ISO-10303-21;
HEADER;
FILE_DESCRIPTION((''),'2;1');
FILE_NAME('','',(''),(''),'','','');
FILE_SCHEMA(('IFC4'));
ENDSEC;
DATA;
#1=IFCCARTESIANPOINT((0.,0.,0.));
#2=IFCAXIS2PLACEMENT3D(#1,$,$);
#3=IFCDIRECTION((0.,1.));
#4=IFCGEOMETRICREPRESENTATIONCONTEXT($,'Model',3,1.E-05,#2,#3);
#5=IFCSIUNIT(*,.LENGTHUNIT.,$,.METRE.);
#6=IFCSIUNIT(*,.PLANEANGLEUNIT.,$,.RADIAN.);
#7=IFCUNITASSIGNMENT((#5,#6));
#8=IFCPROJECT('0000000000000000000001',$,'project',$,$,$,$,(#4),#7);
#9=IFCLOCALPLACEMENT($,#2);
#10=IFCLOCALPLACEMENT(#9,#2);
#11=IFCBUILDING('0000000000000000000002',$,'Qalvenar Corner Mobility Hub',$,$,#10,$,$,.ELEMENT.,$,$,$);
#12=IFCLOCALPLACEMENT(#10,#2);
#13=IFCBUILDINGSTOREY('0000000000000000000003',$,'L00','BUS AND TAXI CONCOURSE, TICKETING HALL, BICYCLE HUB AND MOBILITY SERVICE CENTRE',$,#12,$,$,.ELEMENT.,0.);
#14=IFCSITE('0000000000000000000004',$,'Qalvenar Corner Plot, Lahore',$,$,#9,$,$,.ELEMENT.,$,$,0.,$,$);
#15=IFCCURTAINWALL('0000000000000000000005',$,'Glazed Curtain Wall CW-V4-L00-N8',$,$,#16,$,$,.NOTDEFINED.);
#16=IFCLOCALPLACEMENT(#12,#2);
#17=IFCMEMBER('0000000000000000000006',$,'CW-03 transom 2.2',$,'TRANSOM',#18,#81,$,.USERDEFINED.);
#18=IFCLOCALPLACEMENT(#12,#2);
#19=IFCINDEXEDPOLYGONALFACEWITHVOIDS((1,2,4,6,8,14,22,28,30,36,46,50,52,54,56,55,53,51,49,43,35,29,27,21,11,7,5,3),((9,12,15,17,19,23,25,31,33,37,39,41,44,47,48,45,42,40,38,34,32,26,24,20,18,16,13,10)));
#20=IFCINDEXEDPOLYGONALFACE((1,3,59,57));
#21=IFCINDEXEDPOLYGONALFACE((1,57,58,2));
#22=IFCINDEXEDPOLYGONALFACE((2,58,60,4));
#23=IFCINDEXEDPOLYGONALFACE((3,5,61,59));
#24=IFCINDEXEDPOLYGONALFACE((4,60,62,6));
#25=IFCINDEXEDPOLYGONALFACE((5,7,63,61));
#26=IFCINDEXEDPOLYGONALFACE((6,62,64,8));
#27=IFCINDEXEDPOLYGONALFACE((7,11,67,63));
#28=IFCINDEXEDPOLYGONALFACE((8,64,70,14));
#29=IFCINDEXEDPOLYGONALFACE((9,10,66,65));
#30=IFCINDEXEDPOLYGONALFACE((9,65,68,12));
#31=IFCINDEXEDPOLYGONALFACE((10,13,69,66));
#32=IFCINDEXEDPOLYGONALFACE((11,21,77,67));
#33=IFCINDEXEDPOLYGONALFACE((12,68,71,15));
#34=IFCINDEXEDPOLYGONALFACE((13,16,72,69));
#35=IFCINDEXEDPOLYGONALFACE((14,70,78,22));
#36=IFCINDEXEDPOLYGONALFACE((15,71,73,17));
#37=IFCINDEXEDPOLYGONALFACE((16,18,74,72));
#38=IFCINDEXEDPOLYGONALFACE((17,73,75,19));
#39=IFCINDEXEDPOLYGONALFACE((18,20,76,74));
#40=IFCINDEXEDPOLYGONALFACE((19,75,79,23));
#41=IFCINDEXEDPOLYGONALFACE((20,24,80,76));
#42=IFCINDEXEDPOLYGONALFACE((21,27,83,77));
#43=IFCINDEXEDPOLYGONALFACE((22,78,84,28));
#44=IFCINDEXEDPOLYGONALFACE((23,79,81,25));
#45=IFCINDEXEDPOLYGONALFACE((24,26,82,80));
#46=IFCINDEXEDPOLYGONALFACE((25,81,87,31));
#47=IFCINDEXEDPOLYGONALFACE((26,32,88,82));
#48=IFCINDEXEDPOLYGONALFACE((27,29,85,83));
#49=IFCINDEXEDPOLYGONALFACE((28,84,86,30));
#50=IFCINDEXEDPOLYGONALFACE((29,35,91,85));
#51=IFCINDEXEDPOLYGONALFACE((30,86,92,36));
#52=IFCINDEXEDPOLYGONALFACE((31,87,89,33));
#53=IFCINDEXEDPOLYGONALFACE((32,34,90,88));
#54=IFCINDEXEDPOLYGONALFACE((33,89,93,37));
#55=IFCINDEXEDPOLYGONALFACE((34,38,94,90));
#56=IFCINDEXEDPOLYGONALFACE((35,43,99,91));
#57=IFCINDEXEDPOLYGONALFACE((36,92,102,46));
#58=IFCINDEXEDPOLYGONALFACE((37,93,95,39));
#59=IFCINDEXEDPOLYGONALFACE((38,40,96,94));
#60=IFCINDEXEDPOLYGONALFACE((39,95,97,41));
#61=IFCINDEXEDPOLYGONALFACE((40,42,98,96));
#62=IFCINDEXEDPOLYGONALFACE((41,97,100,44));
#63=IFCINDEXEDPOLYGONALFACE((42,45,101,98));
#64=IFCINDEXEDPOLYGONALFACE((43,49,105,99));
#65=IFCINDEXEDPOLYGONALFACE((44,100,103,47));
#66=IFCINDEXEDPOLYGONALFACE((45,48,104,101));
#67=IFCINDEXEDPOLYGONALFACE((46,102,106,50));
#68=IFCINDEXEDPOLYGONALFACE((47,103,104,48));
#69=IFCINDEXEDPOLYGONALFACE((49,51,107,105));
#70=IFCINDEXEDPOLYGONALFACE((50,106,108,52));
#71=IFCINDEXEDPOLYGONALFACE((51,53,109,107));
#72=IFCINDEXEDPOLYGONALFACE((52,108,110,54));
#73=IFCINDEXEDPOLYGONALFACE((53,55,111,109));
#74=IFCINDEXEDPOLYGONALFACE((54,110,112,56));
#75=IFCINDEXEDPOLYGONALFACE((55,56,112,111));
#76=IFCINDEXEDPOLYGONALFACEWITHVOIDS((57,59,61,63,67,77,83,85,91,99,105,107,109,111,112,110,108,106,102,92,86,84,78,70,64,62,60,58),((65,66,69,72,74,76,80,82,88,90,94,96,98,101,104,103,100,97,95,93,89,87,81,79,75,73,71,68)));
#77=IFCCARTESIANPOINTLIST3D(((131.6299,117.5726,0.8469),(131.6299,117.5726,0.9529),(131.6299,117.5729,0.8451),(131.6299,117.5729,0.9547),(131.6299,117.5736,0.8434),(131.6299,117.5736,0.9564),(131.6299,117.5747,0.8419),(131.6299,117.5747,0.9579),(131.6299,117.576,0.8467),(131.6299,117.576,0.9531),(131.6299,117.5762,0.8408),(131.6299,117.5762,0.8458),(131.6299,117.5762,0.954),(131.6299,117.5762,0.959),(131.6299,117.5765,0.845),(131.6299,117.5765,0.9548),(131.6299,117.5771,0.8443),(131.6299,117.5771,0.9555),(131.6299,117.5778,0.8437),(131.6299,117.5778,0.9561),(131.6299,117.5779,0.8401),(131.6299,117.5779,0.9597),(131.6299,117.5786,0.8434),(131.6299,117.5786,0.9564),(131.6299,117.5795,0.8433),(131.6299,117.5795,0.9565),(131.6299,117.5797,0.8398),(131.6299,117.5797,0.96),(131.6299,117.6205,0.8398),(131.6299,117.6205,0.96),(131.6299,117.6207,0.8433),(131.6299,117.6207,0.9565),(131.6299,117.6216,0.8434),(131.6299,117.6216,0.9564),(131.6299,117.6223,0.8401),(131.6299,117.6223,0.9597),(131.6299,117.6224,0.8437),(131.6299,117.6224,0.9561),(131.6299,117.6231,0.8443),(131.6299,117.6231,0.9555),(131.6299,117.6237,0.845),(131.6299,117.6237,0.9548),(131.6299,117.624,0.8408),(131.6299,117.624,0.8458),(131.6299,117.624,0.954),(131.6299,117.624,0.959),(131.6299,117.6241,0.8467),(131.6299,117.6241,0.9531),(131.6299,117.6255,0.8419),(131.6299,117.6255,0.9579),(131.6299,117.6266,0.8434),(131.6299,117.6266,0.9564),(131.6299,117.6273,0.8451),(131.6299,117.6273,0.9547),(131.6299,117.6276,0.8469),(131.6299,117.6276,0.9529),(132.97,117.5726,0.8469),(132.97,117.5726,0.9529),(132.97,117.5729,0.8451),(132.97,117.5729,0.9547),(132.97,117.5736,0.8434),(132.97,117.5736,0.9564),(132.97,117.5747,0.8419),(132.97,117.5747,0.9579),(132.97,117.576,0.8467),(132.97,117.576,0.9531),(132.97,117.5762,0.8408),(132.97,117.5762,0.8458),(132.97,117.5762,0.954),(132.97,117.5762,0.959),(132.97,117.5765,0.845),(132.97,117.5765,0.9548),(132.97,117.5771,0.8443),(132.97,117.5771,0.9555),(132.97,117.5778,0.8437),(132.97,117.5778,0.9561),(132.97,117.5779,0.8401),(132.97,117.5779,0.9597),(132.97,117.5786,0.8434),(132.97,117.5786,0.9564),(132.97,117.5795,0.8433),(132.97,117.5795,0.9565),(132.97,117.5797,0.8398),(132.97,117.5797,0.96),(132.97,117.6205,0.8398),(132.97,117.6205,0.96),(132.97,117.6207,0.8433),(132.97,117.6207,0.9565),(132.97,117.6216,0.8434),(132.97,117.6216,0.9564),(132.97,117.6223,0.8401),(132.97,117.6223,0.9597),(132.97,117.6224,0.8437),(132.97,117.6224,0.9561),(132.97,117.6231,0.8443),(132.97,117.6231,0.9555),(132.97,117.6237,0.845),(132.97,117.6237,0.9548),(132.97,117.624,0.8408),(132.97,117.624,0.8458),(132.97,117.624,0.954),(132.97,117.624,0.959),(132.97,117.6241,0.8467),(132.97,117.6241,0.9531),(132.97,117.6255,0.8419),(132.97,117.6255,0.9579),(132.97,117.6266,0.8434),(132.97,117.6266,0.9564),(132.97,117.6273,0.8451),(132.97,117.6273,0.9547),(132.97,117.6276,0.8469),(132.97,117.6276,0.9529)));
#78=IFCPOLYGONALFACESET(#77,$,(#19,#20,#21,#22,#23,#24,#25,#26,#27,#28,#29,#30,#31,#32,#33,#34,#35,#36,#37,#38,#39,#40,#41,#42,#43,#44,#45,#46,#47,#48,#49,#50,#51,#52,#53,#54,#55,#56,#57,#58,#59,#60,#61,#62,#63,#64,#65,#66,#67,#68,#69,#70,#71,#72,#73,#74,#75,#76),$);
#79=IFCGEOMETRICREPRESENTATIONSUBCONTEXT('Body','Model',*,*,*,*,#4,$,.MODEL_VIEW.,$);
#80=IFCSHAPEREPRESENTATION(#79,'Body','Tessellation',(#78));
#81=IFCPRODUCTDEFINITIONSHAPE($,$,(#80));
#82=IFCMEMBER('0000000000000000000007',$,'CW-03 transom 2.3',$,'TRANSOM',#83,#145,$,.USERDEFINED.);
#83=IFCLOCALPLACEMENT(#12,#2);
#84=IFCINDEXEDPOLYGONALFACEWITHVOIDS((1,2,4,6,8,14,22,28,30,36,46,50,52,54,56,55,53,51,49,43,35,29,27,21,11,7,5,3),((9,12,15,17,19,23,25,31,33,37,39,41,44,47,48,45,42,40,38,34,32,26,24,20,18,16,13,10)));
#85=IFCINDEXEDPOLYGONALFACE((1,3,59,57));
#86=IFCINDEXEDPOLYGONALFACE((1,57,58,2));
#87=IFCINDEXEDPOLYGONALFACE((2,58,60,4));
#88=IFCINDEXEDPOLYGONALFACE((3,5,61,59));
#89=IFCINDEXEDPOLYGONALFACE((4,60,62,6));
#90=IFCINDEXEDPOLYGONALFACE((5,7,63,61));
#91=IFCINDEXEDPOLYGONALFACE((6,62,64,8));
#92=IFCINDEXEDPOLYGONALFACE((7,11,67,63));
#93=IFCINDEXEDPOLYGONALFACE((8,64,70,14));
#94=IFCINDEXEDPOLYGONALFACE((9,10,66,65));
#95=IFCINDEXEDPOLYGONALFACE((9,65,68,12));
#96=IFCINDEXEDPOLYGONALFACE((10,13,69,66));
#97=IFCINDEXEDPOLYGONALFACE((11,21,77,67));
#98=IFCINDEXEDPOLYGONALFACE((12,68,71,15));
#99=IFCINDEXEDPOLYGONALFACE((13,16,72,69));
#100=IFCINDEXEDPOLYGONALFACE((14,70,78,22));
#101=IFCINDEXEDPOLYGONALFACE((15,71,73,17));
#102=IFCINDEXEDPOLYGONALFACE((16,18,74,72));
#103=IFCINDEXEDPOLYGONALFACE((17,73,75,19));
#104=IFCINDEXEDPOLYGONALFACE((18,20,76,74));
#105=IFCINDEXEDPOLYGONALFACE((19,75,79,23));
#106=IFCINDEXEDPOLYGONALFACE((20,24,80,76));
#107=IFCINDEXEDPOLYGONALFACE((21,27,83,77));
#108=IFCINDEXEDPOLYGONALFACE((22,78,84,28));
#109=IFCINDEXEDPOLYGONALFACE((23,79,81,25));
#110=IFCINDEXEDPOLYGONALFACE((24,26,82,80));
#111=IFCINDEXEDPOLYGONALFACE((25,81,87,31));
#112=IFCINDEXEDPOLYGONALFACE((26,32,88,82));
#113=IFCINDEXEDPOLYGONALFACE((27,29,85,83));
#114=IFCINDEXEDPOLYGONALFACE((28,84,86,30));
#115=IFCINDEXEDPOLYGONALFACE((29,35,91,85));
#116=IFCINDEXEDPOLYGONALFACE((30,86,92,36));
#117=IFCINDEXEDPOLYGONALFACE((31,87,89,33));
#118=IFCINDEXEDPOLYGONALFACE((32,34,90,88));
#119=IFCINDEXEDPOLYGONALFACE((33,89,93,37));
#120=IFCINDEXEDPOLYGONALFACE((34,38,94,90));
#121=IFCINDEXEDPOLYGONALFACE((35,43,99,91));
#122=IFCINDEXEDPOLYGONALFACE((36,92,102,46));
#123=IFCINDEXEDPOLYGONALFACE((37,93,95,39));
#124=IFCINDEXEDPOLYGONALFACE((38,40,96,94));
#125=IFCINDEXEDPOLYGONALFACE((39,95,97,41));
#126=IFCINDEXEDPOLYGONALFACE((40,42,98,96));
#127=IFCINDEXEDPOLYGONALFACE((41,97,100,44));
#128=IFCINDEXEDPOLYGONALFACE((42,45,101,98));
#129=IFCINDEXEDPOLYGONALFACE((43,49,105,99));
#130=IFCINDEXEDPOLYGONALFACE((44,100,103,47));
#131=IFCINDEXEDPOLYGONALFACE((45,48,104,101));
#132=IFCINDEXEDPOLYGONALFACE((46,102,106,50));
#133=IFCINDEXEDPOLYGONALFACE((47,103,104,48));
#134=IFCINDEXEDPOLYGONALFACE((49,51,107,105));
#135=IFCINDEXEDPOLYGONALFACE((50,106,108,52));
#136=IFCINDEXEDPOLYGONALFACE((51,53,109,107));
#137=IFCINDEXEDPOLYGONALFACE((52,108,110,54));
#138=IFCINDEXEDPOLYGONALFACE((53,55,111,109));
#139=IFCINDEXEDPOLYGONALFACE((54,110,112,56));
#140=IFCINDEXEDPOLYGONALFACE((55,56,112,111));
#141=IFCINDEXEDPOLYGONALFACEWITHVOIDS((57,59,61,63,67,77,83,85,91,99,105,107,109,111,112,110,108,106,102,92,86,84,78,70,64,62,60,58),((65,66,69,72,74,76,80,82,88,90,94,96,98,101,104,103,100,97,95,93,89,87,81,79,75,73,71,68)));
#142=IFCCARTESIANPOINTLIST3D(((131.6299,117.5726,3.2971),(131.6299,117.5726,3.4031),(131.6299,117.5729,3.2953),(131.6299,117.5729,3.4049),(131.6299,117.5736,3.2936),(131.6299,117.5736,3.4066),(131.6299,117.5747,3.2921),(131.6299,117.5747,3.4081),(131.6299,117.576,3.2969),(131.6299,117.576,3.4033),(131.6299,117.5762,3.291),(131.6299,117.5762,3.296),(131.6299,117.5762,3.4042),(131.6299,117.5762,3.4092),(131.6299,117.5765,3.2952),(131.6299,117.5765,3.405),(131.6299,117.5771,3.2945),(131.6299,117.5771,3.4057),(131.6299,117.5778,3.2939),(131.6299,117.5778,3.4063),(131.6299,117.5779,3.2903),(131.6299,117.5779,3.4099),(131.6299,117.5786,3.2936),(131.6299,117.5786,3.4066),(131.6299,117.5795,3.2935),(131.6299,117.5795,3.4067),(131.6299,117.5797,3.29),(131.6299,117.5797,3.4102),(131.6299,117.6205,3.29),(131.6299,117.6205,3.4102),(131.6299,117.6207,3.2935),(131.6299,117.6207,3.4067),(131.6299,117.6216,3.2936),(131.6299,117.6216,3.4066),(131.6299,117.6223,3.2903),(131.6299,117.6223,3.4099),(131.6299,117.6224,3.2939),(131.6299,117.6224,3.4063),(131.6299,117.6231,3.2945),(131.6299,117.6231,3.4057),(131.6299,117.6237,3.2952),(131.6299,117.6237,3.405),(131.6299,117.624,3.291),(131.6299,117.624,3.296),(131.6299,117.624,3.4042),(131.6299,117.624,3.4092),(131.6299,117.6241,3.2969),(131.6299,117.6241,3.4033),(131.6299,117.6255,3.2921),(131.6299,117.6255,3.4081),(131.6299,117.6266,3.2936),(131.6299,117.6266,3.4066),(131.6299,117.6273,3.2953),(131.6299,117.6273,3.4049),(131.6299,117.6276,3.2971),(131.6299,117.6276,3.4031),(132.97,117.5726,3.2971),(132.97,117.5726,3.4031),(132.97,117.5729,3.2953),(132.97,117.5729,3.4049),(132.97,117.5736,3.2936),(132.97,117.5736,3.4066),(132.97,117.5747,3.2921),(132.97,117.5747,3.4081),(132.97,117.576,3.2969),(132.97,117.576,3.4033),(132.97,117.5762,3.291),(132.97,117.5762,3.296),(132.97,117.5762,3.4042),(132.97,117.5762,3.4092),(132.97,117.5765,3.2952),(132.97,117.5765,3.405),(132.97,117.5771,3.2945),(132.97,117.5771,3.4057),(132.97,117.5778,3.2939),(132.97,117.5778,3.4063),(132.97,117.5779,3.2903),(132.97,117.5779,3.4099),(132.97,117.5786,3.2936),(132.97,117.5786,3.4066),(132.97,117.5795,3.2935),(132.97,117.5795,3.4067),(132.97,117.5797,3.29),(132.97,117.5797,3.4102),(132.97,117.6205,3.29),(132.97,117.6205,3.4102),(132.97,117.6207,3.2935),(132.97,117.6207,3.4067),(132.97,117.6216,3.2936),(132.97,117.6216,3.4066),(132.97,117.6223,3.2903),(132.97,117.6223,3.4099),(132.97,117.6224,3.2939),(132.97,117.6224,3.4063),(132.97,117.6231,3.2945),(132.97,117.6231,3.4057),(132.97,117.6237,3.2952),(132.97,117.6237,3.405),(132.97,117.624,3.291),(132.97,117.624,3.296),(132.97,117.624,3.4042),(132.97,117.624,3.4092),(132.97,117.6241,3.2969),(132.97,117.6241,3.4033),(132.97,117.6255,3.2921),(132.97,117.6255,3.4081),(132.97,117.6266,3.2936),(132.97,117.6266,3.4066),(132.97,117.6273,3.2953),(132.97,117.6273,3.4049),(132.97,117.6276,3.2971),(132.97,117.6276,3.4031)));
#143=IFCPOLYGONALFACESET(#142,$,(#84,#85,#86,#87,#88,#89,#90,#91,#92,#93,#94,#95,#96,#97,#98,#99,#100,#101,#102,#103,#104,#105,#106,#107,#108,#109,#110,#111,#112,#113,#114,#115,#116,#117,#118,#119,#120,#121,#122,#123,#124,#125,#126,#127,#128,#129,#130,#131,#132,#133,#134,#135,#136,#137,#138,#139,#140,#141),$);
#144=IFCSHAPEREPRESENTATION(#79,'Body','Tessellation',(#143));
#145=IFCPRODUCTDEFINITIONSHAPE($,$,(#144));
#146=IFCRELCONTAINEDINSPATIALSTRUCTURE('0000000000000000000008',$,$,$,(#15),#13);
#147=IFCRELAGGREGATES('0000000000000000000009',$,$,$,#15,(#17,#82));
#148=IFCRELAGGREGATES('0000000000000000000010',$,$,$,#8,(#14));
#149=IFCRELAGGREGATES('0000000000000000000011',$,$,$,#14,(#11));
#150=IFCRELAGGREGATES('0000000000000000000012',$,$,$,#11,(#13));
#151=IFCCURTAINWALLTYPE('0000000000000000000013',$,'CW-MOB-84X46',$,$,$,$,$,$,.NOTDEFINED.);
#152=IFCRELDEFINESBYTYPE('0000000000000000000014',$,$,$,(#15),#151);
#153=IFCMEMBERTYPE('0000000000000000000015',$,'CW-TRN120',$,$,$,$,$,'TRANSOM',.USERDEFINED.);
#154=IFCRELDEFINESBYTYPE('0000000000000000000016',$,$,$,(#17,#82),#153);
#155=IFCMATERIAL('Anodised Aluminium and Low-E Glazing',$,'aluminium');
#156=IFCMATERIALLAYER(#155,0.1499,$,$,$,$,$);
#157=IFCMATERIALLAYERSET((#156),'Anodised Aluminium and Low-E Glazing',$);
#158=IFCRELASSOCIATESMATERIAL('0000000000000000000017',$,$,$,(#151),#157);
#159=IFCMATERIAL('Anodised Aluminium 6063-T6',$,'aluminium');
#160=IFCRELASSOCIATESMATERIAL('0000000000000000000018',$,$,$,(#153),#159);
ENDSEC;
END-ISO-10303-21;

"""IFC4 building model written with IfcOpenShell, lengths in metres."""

from ifc_helpers import new_model, si_unit, direction, frame, origin, origin_2d, place, context, subcontext, project, spatial, hollow_rectangle, extrude, material, layer, layer_set, material_profile, profile_set, type_object, element, aggregate, save


model = new_model("IFC4")

# Units and contexts
model_context = context("Model", 3, precision=1e-05, world=origin(), true_north=direction((0.0, 1.0)))
body_context = subcontext(model_context, "Body", "Model", "MODEL_VIEW")
ifc_project = project(units=[si_unit("LENGTHUNIT", "METRE"), si_unit("PLANEANGLEUNIT", "RADIAN")], contexts=[model_context])

# Site, building, storey
site_placement = place(None, origin())
site = spatial("IfcSite", under=ifc_project, at=site_placement, Name="Qalvenar Corner Plot, Lahore", CompositionType="ELEMENT", RefElevation=0.0)
building_placement = place(site_placement, origin())
building = spatial("IfcBuilding", under=site, at=building_placement, Name="Qalvenar Corner Mobility Hub", CompositionType="ELEMENT")
storey_placement = place(building_placement, origin())
storey = spatial("IfcBuildingStorey", under=building, at=storey_placement, Name="L00", Description="BUS AND TAXI CONCOURSE, TICKETING HALL, BICYCLE HUB AND MOBILITY SERVICE CENTRE", CompositionType="ELEMENT", Elevation=0.0)

# Curtain wall, members
ifc_material_1 = material(Name="Anodised Aluminium and Low-E Glazing", Category="aluminium")
ifc_layer_1 = layer(ifc_material_1, 0.1499)
ifc_layer_set_1 = layer_set([ifc_layer_1], Name="Anodised Aluminium and Low-E Glazing")
curtain_wall_type = type_object("IfcCurtainWallType", Name="CW-MOB-84X46", PredefinedType="NOTDEFINED", material=ifc_layer_set_1)
curtain_wall_placement = place(storey_placement, origin())
curtain_wall = element("IfcCurtainWall", 1, at=curtain_wall_placement, inside=storey, type_object=curtain_wall_type, Name="Glazed Curtain Wall CW-V4-L00-N8", PredefinedType="NOTDEFINED")
ifc_material_2 = material(Name="Anodised Aluminium 6063-T6", Category="aluminium")
ifc_material_profile_1 = material_profile(ifc_material_2, hollow_rectangle(XDim=0.0549, YDim=0.1201, WallThickness=0.0034, InnerFilletRadius=0.0034, OuterFilletRadius=0.0071, at=origin_2d()), Name="RHS120x55x3.5")
ifc_profile_set_1 = profile_set([ifc_material_profile_1], Name="Anodised Aluminium 6063-T6")
member_type_1 = type_object("IfcMemberType", Name="CW-TRN120", ElementType="TRANSOM", PredefinedType="USERDEFINED", material=ifc_profile_set_1)
member_1_placement = place(storey_placement, frame((132.97, 117.6001, 0.8999), z_axis=(-1.0, 0.0, 0.0), x_axis=(0.0, -1.0, 0.0)))
member_1 = element("IfcMember", 2, at=member_1_placement, type_object=member_type_1, Name="CW-03 transom 2.2", ObjectType="TRANSOM", PredefinedType="USERDEFINED", context=body_context, shape_type="SweptSolid", body=[
    extrude(hollow_rectangle(XDim=0.0549, YDim=0.1201, WallThickness=0.0034, InnerFilletRadius=0.0034, OuterFilletRadius=0.0071, at=origin_2d()), origin(), (0.0, 0.0, 1.0), 1.3401),
])
member_2_placement = place(storey_placement, frame((132.97, 117.6001, 3.3501), z_axis=(-1.0, 0.0, 0.0), x_axis=(0.0, -1.0, 0.0)))
member_2 = element("IfcMember", 3, at=member_2_placement, type_object=member_type_1, Name="CW-03 transom 2.3", ObjectType="TRANSOM", PredefinedType="USERDEFINED", context=body_context, shape_type="SweptSolid", body=[
    extrude(hollow_rectangle(XDim=0.0549, YDim=0.1201, WallThickness=0.0034, InnerFilletRadius=0.0034, OuterFilletRadius=0.0071, at=origin_2d()), origin(), (0.0, 0.0, 1.0), 1.3401),
])
aggregate(curtain_wall, [member_1, member_2])

save(model, "model.ifc")
